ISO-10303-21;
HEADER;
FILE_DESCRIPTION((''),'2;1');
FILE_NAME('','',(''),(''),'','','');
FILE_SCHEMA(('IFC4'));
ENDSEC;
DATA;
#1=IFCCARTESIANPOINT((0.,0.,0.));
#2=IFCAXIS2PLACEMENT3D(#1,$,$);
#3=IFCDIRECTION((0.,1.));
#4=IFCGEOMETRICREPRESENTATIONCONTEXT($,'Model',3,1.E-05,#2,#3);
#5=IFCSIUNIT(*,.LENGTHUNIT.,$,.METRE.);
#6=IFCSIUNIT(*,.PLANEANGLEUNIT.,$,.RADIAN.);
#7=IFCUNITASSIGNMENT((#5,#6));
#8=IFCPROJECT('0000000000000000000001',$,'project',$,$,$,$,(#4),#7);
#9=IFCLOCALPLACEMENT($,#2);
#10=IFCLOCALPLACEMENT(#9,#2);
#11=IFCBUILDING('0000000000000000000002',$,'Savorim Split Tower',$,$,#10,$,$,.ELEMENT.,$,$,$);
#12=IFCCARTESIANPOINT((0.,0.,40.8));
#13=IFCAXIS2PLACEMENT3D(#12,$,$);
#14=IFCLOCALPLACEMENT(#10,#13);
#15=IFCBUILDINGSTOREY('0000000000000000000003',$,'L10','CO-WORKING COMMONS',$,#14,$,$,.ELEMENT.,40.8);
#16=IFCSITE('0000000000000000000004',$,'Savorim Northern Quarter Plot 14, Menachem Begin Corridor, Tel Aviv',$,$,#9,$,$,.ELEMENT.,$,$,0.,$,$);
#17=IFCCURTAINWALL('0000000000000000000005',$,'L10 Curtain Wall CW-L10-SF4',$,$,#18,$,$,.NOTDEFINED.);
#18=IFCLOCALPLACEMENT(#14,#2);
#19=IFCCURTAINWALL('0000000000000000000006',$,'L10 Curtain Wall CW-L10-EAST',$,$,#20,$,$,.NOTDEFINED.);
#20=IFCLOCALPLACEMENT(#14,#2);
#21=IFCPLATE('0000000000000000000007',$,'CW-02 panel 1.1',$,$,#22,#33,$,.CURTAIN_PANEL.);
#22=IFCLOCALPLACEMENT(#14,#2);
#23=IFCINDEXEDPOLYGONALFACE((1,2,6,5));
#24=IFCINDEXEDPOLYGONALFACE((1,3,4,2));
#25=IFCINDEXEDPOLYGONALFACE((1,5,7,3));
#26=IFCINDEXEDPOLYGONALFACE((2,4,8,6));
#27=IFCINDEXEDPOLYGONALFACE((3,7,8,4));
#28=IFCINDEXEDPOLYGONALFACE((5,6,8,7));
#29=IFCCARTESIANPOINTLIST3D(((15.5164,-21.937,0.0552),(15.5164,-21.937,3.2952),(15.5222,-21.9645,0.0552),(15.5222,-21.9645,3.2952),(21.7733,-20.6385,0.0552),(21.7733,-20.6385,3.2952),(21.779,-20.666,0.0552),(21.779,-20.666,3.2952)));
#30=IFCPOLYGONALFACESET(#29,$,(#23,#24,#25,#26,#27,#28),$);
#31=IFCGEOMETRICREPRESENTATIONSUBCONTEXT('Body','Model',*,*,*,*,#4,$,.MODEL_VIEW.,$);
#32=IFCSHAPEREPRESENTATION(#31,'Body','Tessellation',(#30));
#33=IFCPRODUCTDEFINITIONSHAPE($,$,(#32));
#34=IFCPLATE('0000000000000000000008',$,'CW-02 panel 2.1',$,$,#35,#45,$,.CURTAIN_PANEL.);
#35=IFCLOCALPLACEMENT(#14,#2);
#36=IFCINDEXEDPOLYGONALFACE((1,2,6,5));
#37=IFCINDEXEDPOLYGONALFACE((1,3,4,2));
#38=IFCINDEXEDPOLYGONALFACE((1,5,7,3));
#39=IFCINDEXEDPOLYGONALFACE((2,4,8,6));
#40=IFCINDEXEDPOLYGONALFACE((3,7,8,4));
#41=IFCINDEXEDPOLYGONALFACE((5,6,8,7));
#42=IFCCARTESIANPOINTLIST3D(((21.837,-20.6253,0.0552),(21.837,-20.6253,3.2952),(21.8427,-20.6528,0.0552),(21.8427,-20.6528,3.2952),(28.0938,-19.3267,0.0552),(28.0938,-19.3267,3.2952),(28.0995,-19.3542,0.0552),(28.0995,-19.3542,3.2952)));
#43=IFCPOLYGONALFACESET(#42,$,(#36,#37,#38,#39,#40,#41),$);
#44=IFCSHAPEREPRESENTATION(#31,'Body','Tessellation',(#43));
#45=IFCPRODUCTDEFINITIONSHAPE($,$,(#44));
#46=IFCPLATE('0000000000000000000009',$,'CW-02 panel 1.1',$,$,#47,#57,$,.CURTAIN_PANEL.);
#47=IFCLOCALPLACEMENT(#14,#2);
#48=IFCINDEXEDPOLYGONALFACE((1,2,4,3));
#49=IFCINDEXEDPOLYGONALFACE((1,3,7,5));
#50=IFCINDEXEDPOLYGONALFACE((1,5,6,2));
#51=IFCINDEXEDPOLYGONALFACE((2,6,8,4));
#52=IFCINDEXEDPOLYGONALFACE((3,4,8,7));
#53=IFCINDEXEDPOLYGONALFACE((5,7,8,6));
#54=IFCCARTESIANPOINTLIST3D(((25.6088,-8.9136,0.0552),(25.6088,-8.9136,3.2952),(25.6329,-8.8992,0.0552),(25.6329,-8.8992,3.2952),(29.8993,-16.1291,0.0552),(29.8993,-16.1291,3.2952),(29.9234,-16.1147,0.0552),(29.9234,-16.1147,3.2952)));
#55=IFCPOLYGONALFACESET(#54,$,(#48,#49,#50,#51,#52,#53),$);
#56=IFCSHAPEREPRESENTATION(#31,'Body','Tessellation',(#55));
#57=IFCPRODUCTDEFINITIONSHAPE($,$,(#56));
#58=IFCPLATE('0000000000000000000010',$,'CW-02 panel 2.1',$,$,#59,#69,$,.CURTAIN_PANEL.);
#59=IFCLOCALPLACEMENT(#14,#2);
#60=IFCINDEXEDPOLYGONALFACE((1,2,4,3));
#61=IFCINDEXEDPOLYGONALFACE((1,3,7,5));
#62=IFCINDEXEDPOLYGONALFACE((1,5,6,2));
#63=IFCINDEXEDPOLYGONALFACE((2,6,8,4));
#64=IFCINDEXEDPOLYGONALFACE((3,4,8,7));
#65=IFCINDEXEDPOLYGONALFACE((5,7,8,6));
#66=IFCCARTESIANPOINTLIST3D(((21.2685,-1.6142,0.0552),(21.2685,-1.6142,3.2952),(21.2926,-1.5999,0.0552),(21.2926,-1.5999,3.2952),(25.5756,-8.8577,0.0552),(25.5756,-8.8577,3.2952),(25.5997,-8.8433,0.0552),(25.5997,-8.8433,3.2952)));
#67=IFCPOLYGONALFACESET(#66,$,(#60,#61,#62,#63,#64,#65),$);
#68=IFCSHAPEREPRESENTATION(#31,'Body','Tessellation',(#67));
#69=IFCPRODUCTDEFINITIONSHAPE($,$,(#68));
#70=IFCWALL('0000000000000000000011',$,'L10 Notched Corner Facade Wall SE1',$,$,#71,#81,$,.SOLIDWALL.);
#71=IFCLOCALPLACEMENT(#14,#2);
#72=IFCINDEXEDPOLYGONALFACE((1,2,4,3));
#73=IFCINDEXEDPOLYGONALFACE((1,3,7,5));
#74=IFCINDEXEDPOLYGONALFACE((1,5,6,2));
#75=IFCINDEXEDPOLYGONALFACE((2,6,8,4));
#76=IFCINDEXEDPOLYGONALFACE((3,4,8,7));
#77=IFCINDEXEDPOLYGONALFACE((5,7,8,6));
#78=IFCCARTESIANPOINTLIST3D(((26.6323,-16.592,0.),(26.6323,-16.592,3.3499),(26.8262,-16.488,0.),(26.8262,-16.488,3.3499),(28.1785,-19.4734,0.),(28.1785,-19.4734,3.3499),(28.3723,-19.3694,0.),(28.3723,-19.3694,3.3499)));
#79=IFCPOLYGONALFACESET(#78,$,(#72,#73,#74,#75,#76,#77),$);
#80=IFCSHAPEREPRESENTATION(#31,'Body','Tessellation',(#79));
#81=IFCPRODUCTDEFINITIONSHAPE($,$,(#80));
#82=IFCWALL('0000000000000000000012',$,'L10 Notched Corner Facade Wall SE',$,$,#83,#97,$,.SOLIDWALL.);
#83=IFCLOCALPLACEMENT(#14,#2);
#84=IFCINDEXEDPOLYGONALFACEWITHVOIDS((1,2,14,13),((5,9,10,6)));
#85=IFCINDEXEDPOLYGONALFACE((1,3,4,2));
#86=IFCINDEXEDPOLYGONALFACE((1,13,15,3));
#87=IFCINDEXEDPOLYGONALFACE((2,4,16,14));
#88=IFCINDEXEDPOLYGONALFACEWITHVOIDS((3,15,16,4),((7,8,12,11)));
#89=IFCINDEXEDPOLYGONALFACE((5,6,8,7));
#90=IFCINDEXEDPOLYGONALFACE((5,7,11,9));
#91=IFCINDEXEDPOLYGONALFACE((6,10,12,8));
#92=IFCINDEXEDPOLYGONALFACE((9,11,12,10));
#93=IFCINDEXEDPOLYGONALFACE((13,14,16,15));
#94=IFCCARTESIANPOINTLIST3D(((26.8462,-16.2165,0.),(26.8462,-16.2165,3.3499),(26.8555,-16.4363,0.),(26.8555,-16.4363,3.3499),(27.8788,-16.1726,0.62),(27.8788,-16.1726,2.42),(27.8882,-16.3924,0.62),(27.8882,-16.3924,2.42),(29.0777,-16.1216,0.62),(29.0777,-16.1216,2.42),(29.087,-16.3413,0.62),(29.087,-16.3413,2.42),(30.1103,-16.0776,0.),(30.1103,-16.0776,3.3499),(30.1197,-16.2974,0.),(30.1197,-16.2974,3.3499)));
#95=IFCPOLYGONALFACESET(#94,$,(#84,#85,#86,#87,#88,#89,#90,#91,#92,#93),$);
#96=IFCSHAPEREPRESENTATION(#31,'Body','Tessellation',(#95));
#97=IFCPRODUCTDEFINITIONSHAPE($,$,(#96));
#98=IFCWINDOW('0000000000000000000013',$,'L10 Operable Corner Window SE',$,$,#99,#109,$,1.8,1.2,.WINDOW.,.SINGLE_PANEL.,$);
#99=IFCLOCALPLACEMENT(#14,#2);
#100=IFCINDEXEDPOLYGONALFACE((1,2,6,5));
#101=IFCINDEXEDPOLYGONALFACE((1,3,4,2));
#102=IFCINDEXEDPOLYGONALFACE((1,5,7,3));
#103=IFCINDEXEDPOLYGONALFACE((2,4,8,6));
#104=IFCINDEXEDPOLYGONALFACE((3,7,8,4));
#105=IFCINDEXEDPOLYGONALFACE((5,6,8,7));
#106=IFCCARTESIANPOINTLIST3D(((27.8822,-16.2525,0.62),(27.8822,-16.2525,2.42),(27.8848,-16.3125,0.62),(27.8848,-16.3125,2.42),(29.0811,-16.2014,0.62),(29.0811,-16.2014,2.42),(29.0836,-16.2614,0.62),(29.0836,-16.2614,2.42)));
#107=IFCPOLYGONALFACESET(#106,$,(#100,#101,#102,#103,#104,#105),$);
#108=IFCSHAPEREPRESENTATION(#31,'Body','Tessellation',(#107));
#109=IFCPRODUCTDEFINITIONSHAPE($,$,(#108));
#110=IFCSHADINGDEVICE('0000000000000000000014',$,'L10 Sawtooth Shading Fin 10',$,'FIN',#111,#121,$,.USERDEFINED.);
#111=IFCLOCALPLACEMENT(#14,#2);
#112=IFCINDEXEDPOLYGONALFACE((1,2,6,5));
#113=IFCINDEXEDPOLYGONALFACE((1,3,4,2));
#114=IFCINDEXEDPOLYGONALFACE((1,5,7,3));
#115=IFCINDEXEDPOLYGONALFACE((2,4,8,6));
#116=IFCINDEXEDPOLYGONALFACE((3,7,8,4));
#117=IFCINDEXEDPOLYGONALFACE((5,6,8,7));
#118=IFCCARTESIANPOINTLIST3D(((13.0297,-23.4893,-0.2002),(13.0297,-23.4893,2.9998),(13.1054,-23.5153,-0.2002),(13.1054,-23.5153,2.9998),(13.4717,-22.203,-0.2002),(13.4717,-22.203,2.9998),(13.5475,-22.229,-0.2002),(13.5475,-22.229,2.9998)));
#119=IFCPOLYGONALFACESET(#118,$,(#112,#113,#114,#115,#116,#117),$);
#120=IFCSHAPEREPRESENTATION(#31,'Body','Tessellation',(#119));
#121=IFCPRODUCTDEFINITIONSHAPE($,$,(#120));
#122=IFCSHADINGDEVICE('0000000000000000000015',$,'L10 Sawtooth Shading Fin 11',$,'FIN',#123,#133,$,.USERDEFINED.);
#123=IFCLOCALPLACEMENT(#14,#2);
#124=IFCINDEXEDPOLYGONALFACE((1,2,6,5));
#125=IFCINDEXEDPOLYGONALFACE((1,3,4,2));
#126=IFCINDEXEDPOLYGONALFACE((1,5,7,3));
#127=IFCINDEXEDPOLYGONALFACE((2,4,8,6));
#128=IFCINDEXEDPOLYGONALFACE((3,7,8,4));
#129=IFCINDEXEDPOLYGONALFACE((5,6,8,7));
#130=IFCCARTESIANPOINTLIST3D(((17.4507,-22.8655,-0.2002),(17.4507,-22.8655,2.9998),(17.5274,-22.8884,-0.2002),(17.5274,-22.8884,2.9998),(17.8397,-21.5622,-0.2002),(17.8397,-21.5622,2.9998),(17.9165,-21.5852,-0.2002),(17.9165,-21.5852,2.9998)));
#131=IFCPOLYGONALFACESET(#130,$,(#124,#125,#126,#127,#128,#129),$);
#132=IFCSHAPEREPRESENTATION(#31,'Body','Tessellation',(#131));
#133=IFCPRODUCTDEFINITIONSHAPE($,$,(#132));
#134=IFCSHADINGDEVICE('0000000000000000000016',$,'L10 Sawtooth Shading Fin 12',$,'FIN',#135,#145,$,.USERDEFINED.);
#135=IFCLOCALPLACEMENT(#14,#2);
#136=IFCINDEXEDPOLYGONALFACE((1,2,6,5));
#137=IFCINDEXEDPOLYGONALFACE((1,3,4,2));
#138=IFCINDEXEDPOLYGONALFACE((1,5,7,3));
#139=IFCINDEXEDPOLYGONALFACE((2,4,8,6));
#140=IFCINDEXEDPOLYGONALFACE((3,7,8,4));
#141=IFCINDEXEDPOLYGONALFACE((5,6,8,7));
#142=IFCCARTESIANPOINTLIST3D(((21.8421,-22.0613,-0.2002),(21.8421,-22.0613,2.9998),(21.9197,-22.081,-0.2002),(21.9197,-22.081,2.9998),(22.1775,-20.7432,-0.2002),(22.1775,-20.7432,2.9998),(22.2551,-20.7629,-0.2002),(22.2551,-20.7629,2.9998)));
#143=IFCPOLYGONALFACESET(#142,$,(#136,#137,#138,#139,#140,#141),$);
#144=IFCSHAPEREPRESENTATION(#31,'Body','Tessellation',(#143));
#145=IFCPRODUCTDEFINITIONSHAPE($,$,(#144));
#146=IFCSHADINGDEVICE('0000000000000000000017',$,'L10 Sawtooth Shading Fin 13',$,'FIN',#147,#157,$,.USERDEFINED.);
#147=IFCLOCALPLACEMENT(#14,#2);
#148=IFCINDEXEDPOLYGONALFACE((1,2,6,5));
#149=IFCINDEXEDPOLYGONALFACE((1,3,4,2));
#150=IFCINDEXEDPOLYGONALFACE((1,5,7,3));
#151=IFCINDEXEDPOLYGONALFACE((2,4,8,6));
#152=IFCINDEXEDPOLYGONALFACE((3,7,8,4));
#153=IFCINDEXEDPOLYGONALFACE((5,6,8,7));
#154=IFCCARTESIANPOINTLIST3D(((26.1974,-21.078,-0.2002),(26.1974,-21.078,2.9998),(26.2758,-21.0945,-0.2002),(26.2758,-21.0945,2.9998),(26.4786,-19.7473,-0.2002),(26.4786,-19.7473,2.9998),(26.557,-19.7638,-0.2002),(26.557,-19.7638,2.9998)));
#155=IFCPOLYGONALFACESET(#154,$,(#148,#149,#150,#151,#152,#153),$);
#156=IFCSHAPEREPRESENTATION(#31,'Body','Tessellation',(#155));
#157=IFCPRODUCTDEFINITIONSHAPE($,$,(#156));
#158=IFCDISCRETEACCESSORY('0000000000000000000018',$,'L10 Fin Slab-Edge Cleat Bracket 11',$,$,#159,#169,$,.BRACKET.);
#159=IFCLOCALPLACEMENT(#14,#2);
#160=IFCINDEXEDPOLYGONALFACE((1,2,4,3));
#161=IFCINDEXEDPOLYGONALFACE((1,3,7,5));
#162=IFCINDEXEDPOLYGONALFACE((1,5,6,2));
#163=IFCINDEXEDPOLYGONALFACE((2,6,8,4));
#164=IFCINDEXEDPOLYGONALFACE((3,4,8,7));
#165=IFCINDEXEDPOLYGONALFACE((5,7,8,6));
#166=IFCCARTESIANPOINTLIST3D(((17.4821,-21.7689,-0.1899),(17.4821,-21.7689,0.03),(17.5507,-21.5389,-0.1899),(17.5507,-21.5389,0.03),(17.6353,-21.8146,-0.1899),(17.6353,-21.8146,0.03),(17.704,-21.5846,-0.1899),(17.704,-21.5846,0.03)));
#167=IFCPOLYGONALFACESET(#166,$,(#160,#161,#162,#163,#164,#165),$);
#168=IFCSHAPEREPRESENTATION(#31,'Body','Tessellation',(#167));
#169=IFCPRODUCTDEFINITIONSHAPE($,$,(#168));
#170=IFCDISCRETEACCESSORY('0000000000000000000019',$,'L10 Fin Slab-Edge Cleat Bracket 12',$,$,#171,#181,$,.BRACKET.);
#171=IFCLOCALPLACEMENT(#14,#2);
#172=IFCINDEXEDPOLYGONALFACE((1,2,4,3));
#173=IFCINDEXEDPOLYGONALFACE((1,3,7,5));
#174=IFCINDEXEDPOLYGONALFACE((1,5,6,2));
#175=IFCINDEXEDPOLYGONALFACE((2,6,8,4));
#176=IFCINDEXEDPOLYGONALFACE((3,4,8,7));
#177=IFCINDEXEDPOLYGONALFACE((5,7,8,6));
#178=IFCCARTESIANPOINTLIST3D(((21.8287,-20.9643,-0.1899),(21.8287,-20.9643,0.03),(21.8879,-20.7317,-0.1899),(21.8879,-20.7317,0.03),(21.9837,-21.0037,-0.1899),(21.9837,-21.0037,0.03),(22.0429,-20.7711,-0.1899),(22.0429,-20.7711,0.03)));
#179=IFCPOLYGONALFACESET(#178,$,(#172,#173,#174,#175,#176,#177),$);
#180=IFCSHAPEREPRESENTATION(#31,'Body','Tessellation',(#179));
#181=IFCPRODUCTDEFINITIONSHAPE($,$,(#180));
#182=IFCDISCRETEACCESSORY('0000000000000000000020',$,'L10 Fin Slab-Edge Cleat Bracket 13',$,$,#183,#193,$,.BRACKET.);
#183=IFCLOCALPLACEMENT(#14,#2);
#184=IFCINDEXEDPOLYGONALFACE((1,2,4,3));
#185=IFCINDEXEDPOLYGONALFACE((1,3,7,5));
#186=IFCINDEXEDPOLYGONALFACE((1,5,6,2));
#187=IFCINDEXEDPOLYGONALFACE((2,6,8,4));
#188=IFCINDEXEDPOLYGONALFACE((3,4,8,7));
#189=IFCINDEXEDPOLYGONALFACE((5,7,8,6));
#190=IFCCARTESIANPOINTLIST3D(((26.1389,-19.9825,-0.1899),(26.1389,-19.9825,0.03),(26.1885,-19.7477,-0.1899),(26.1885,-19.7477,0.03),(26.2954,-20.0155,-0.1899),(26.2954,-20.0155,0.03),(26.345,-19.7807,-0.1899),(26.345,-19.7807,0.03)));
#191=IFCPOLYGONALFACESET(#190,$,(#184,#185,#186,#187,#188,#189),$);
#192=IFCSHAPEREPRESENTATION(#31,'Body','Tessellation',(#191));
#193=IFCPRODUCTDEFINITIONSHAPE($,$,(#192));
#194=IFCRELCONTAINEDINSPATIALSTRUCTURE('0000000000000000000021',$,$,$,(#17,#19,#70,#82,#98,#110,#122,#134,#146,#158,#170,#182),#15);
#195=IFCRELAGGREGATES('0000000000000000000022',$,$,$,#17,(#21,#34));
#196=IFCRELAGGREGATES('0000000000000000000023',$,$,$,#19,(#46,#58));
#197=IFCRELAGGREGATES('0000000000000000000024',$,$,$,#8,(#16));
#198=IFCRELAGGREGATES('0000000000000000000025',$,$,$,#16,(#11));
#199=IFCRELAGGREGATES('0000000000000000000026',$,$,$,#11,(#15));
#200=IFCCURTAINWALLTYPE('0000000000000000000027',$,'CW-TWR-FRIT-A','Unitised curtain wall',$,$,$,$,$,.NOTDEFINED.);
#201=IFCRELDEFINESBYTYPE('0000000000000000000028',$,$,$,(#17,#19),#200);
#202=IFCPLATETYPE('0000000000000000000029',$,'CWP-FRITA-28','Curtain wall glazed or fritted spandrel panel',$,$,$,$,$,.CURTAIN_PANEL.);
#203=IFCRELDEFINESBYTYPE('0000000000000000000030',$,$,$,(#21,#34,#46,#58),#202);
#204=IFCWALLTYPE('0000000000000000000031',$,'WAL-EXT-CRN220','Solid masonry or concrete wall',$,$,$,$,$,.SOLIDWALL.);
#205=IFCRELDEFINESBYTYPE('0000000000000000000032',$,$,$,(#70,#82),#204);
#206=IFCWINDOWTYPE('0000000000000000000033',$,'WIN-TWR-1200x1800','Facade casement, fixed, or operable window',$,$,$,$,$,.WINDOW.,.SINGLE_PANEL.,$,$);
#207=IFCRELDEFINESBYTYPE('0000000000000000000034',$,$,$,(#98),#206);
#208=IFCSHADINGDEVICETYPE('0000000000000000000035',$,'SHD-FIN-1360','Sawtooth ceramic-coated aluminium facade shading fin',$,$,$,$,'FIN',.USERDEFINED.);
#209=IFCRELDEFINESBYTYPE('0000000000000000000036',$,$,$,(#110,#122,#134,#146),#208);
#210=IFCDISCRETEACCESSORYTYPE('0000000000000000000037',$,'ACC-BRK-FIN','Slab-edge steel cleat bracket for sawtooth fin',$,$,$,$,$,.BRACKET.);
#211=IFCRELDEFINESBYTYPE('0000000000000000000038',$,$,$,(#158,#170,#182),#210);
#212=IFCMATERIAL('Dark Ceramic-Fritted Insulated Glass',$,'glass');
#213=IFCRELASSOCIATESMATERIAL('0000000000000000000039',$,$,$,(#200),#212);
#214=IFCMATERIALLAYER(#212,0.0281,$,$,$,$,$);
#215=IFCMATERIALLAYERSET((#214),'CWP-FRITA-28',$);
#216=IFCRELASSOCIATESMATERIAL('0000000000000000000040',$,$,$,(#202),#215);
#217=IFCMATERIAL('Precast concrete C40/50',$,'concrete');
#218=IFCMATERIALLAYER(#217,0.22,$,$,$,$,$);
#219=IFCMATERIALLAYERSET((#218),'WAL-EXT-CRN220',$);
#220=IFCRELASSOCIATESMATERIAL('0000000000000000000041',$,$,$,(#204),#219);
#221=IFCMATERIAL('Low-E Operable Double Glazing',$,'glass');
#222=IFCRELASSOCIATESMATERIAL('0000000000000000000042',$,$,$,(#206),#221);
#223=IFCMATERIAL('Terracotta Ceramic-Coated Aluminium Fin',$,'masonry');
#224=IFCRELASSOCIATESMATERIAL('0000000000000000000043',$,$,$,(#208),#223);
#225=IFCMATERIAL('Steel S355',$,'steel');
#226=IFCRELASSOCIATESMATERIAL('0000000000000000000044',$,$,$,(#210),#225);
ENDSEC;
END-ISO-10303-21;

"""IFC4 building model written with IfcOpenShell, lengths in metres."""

from ifc_helpers import new_model, si_unit, direction, frame, frame_2d, origin, origin_2d, place, context, subcontext, project, spatial, rectangle, extrude, material, layer, layer_set, type_object, element, fill, aggregate, save


model = new_model("IFC4")

# Units and contexts
model_context = context("Model", 3, precision=1e-05, world=origin(), true_north=direction((0.0, 1.0)))
body_context = subcontext(model_context, "Body", "Model", "MODEL_VIEW")
ifc_project = project(units=[si_unit("LENGTHUNIT", "METRE"), si_unit("PLANEANGLEUNIT", "RADIAN")], contexts=[model_context])

# Site, building, storey
site_placement = place(None, origin())
site = spatial("IfcSite", under=ifc_project, at=site_placement, Name="Savorim Northern Quarter Plot 14, Menachem Begin Corridor, Tel Aviv", CompositionType="ELEMENT", RefElevation=0.0)
building_placement = place(site_placement, origin())
building = spatial("IfcBuilding", under=site, at=building_placement, Name="Savorim Split Tower", CompositionType="ELEMENT")
storey_placement = place(building_placement, frame((0.0, 0.0, 40.8)))
storey = spatial("IfcBuildingStorey", under=building, at=storey_placement, Name="L10", Description="CO-WORKING COMMONS", CompositionType="ELEMENT", Elevation=40.8)

# Shared definitions
ifc_material_1 = material(Name="Steel S355", Category="steel")

# Shared definitions
ifc_material_2 = material(Name="Dark Ceramic-Fritted Insulated Glass", Category="glass")
curtain_wall_type = type_object("IfcCurtainWallType", Name="CW-TWR-FRIT-A", Description="Unitised curtain wall", PredefinedType="NOTDEFINED", material=ifc_material_2)

# Curtain walls
curtain_wall_1_placement = place(storey_placement, origin())
curtain_wall_1 = element("IfcCurtainWall", 1, at=curtain_wall_1_placement, inside=storey, type_object=curtain_wall_type, Name="L10 Curtain Wall CW-L10-SF4", PredefinedType="NOTDEFINED")
curtain_wall_2_placement = place(storey_placement, origin())
curtain_wall_2 = element("IfcCurtainWall", 2, at=curtain_wall_2_placement, inside=storey, type_object=curtain_wall_type, Name="L10 Curtain Wall CW-L10-EAST", PredefinedType="NOTDEFINED")

# Plates
ifc_layer_1 = layer(ifc_material_2, 0.0281)
ifc_layer_set_1 = layer_set([ifc_layer_1], Name="CWP-FRITA-28")
plate_type = type_object("IfcPlateType", Name="CWP-FRITA-28", Description="Curtain wall glazed or fritted spandrel panel", PredefinedType="CURTAIN_PANEL", material=ifc_layer_set_1)
plate_1_placement = place(storey_placement, frame((18.6477, -21.3015, 0.0552), z_axis=(0.0, 0.0, 1.0), x_axis=(0.979135, 0.20321, 0.0)))
plate_1 = element("IfcPlate", 3, at=plate_1_placement, type_object=plate_type, Name="CW-02 panel 1.1", PredefinedType="CURTAIN_PANEL", context=body_context, shape_type="SweptSolid", body=[
    extrude(rectangle(XDim=6.3901, YDim=0.0281, at=origin_2d()), origin(), (0.0, 0.0, 1.0), 3.24),
])
plate_2_placement = place(storey_placement, frame((24.9683, -19.9897, 0.0552), z_axis=(0.0, 0.0, 1.0), x_axis=(0.979135, 0.20321, 0.0)))
plate_2 = element("IfcPlate", 4, at=plate_2_placement, type_object=plate_type, Name="CW-02 panel 2.1", PredefinedType="CURTAIN_PANEL", context=body_context, shape_type="SweptSolid", body=[
    extrude(rectangle(XDim=6.3901, YDim=0.0281, at=origin_2d()), origin(), (0.0, 0.0, 1.0), 3.24),
])
aggregate(curtain_wall_1, [plate_1, plate_2])
plate_3_placement = place(storey_placement, frame((27.7661, -12.5142, 0.0552), z_axis=(0.0, 0.0, 1.0), x_axis=(-0.511092, 0.859526, 0.0)))
plate_3 = element("IfcPlate", 5, at=plate_3_placement, type_object=plate_type, Name="CW-02 panel 1.1", PredefinedType="CURTAIN_PANEL", context=body_context, shape_type="SweptSolid", body=[
    extrude(rectangle(XDim=8.3948, YDim=0.0281, at=origin_2d()), origin(), (0.0, 0.0, 1.0), 3.24),
])
plate_4_placement = place(storey_placement, frame((23.4341, -5.2288, 0.0552), z_axis=(0.0, 0.0, 1.0), x_axis=(-0.511092, 0.859526, 0.0)))
plate_4 = element("IfcPlate", 6, at=plate_4_placement, type_object=plate_type, Name="CW-02 panel 2.1", PredefinedType="CURTAIN_PANEL", context=body_context, shape_type="SweptSolid", body=[
    extrude(rectangle(XDim=8.4272, YDim=0.0281, at=origin_2d()), origin(), (0.0, 0.0, 1.0), 3.24),
])
aggregate(curtain_wall_2, [plate_3, plate_4])

# Wall
ifc_material_3 = material(Name="Precast concrete C40/50", Category="concrete")
ifc_layer_2 = layer(ifc_material_3, 0.22)
ifc_layer_set_2 = layer_set([ifc_layer_2], Name="WAL-EXT-CRN220")
wall_type = type_object("IfcWallType", Name="WAL-EXT-CRN220", Description="Solid masonry or concrete wall", PredefinedType="SOLIDWALL", material=ifc_layer_set_2)
wall_1_placement = place(storey_placement, frame((26.7292, -16.54, 0.0), z_axis=(0.0, 0.0, 1.0), x_axis=(0.47283, -0.881153, 0.0)))
element("IfcWall", 7, at=wall_1_placement, inside=storey, type_object=wall_type, Name="L10 Notched Corner Facade Wall SE1", PredefinedType="SOLIDWALL", context=body_context, shape_type="SweptSolid", body=[
    extrude(rectangle(XDim=3.27, YDim=0.22, at=frame_2d((1.635, 0.0))), origin(), (0.0, 0.0, 1.0), 3.3499),
])

# Wall, opening, window
wall_2_placement = place(storey_placement, frame((30.115, -16.1875, 0.0), z_axis=(0.0, 0.0, 1.0), x_axis=(-0.999096, -0.042519, 0.0)))
wall_2 = element("IfcWall", 8, at=wall_2_placement, inside=storey, type_object=wall_type, Name="L10 Notched Corner Facade Wall SE", PredefinedType="SOLIDWALL", context=body_context, shape_type="SweptSolid", body=[
    extrude(rectangle(XDim=3.2671, YDim=0.22, at=frame_2d((1.6335, 0.0))), origin(), (0.0, 0.0, 1.0), 3.3499),
])
opening_placement = place(wall_2_placement, frame((1.0334, 0.0, 0.6201)))
opening = element("IfcOpeningElement", 9, at=opening_placement, cuts=wall_2, PredefinedType="OPENING", context=body_context, shape_type="SweptSolid", body=[
    extrude(rectangle(XDim=1.2, YDim=1.8, at=frame_2d((0.6001, 0.8999))), frame((0.0, 0.1199, 0.0), z_axis=(0.0, -1.0, 0.0), x_axis=(1.0, 0.0, 0.0)), (0.0, 0.0, 1.0), 0.24),
])
ifc_material_4 = material(Name="Low-E Operable Double Glazing", Category="glass")
window_type = type_object("IfcWindowType", Name="WIN-TWR-1200x1800", Description="Facade casement, fixed, or operable window", PartitioningType="SINGLE_PANEL", PredefinedType="WINDOW", material=ifc_material_4)
window_placement = place(opening_placement, origin())
window = element("IfcWindow", 10, at=window_placement, inside=storey, type_object=window_type, Name="L10 Operable Corner Window SE", OverallHeight=1.8, OverallWidth=1.2, PartitioningType="SINGLE_PANEL", PredefinedType="WINDOW", context=body_context, shape_type="SweptSolid", body=[
    extrude(rectangle(XDim=1.2, YDim=1.8, at=frame_2d((0.6001, 0.8999))), frame((0.0, 0.03, 0.0), z_axis=(0.0, -1.0, 0.0), x_axis=(1.0, 0.0, 0.0)), (0.0, 0.0, 1.0), 0.0601),
])
fill(opening, window)

# Shading devices
ifc_material_5 = material(Name="Terracotta Ceramic-Coated Aluminium Fin", Category="masonry")
shading_device_type = type_object("IfcShadingDeviceType", Name="SHD-FIN-1360", Description="Sawtooth ceramic-coated aluminium facade shading fin", ElementType="FIN", PredefinedType="USERDEFINED", material=ifc_material_5)
for number, where, z_axis, x_axis, name in (
    (11, (13.2886, -22.8591, -0.2002), (0.0, 0.0, 1.0), (-0.324994, -0.945716, 0.0), "L10 Sawtooth Shading Fin 10"),
    (12, (17.6836, -22.2253, -0.2002), (0.0, 0.0, 1.0), (-0.286026, -0.958222, 0.0), "L10 Sawtooth Shading Fin 11"),
    (13, (22.0486, -21.4121, -0.2002), (0.0, 0.0, 1.0), (-0.246581, -0.969122, 0.0), "L10 Sawtooth Shading Fin 12"),
    (14, (26.3772, -20.4209, -0.2002), (0.0, 0.0, 1.0), (-0.206722, -0.9784, 0.0), "L10 Sawtooth Shading Fin 13"),
):
    element("IfcShadingDevice", number, at=place(storey_placement, frame(where, z_axis=z_axis, x_axis=x_axis)), inside=storey, type_object=shading_device_type, Name=name, ObjectType="FIN", PredefinedType="USERDEFINED", context=body_context, shape_type="SweptSolid", body=[
        extrude(rectangle(XDim=1.3601, YDim=0.0801, at=origin_2d()), origin(), (0.0, 0.0, 1.0), 3.2),
    ])

# Discrete accessories
discrete_accessory_type = type_object("IfcDiscreteAccessoryType", Name="ACC-BRK-FIN", Description="Slab-edge steel cleat bracket for sawtooth fin", PredefinedType="BRACKET", material=ifc_material_1)
for number, where, z_axis, x_axis, name in (
    (15, (17.593, -21.6768, -0.1899), (0.0, 0.0, 1.0), (-0.286026, -0.958222, 0.0), "L10 Fin Slab-Edge Cleat Bracket 11"),
    (16, (21.9358, -20.8677, -0.1899), (0.0, 0.0, 1.0), (-0.246581, -0.969122, 0.0), "L10 Fin Slab-Edge Cleat Bracket 12"),
    (17, (26.2419, -19.8816, -0.1899), (0.0, 0.0, 1.0), (-0.206722, -0.9784, 0.0), "L10 Fin Slab-Edge Cleat Bracket 13"),
):
    element("IfcDiscreteAccessory", number, at=place(storey_placement, frame(where, z_axis=z_axis, x_axis=x_axis)), inside=storey, type_object=discrete_accessory_type, Name=name, PredefinedType="BRACKET", context=body_context, shape_type="SweptSolid", body=[
        extrude(rectangle(XDim=0.24, YDim=0.1599, at=origin_2d()), origin(), (0.0, 0.0, 1.0), 0.22),
    ])

save(model, "model.ifc")
